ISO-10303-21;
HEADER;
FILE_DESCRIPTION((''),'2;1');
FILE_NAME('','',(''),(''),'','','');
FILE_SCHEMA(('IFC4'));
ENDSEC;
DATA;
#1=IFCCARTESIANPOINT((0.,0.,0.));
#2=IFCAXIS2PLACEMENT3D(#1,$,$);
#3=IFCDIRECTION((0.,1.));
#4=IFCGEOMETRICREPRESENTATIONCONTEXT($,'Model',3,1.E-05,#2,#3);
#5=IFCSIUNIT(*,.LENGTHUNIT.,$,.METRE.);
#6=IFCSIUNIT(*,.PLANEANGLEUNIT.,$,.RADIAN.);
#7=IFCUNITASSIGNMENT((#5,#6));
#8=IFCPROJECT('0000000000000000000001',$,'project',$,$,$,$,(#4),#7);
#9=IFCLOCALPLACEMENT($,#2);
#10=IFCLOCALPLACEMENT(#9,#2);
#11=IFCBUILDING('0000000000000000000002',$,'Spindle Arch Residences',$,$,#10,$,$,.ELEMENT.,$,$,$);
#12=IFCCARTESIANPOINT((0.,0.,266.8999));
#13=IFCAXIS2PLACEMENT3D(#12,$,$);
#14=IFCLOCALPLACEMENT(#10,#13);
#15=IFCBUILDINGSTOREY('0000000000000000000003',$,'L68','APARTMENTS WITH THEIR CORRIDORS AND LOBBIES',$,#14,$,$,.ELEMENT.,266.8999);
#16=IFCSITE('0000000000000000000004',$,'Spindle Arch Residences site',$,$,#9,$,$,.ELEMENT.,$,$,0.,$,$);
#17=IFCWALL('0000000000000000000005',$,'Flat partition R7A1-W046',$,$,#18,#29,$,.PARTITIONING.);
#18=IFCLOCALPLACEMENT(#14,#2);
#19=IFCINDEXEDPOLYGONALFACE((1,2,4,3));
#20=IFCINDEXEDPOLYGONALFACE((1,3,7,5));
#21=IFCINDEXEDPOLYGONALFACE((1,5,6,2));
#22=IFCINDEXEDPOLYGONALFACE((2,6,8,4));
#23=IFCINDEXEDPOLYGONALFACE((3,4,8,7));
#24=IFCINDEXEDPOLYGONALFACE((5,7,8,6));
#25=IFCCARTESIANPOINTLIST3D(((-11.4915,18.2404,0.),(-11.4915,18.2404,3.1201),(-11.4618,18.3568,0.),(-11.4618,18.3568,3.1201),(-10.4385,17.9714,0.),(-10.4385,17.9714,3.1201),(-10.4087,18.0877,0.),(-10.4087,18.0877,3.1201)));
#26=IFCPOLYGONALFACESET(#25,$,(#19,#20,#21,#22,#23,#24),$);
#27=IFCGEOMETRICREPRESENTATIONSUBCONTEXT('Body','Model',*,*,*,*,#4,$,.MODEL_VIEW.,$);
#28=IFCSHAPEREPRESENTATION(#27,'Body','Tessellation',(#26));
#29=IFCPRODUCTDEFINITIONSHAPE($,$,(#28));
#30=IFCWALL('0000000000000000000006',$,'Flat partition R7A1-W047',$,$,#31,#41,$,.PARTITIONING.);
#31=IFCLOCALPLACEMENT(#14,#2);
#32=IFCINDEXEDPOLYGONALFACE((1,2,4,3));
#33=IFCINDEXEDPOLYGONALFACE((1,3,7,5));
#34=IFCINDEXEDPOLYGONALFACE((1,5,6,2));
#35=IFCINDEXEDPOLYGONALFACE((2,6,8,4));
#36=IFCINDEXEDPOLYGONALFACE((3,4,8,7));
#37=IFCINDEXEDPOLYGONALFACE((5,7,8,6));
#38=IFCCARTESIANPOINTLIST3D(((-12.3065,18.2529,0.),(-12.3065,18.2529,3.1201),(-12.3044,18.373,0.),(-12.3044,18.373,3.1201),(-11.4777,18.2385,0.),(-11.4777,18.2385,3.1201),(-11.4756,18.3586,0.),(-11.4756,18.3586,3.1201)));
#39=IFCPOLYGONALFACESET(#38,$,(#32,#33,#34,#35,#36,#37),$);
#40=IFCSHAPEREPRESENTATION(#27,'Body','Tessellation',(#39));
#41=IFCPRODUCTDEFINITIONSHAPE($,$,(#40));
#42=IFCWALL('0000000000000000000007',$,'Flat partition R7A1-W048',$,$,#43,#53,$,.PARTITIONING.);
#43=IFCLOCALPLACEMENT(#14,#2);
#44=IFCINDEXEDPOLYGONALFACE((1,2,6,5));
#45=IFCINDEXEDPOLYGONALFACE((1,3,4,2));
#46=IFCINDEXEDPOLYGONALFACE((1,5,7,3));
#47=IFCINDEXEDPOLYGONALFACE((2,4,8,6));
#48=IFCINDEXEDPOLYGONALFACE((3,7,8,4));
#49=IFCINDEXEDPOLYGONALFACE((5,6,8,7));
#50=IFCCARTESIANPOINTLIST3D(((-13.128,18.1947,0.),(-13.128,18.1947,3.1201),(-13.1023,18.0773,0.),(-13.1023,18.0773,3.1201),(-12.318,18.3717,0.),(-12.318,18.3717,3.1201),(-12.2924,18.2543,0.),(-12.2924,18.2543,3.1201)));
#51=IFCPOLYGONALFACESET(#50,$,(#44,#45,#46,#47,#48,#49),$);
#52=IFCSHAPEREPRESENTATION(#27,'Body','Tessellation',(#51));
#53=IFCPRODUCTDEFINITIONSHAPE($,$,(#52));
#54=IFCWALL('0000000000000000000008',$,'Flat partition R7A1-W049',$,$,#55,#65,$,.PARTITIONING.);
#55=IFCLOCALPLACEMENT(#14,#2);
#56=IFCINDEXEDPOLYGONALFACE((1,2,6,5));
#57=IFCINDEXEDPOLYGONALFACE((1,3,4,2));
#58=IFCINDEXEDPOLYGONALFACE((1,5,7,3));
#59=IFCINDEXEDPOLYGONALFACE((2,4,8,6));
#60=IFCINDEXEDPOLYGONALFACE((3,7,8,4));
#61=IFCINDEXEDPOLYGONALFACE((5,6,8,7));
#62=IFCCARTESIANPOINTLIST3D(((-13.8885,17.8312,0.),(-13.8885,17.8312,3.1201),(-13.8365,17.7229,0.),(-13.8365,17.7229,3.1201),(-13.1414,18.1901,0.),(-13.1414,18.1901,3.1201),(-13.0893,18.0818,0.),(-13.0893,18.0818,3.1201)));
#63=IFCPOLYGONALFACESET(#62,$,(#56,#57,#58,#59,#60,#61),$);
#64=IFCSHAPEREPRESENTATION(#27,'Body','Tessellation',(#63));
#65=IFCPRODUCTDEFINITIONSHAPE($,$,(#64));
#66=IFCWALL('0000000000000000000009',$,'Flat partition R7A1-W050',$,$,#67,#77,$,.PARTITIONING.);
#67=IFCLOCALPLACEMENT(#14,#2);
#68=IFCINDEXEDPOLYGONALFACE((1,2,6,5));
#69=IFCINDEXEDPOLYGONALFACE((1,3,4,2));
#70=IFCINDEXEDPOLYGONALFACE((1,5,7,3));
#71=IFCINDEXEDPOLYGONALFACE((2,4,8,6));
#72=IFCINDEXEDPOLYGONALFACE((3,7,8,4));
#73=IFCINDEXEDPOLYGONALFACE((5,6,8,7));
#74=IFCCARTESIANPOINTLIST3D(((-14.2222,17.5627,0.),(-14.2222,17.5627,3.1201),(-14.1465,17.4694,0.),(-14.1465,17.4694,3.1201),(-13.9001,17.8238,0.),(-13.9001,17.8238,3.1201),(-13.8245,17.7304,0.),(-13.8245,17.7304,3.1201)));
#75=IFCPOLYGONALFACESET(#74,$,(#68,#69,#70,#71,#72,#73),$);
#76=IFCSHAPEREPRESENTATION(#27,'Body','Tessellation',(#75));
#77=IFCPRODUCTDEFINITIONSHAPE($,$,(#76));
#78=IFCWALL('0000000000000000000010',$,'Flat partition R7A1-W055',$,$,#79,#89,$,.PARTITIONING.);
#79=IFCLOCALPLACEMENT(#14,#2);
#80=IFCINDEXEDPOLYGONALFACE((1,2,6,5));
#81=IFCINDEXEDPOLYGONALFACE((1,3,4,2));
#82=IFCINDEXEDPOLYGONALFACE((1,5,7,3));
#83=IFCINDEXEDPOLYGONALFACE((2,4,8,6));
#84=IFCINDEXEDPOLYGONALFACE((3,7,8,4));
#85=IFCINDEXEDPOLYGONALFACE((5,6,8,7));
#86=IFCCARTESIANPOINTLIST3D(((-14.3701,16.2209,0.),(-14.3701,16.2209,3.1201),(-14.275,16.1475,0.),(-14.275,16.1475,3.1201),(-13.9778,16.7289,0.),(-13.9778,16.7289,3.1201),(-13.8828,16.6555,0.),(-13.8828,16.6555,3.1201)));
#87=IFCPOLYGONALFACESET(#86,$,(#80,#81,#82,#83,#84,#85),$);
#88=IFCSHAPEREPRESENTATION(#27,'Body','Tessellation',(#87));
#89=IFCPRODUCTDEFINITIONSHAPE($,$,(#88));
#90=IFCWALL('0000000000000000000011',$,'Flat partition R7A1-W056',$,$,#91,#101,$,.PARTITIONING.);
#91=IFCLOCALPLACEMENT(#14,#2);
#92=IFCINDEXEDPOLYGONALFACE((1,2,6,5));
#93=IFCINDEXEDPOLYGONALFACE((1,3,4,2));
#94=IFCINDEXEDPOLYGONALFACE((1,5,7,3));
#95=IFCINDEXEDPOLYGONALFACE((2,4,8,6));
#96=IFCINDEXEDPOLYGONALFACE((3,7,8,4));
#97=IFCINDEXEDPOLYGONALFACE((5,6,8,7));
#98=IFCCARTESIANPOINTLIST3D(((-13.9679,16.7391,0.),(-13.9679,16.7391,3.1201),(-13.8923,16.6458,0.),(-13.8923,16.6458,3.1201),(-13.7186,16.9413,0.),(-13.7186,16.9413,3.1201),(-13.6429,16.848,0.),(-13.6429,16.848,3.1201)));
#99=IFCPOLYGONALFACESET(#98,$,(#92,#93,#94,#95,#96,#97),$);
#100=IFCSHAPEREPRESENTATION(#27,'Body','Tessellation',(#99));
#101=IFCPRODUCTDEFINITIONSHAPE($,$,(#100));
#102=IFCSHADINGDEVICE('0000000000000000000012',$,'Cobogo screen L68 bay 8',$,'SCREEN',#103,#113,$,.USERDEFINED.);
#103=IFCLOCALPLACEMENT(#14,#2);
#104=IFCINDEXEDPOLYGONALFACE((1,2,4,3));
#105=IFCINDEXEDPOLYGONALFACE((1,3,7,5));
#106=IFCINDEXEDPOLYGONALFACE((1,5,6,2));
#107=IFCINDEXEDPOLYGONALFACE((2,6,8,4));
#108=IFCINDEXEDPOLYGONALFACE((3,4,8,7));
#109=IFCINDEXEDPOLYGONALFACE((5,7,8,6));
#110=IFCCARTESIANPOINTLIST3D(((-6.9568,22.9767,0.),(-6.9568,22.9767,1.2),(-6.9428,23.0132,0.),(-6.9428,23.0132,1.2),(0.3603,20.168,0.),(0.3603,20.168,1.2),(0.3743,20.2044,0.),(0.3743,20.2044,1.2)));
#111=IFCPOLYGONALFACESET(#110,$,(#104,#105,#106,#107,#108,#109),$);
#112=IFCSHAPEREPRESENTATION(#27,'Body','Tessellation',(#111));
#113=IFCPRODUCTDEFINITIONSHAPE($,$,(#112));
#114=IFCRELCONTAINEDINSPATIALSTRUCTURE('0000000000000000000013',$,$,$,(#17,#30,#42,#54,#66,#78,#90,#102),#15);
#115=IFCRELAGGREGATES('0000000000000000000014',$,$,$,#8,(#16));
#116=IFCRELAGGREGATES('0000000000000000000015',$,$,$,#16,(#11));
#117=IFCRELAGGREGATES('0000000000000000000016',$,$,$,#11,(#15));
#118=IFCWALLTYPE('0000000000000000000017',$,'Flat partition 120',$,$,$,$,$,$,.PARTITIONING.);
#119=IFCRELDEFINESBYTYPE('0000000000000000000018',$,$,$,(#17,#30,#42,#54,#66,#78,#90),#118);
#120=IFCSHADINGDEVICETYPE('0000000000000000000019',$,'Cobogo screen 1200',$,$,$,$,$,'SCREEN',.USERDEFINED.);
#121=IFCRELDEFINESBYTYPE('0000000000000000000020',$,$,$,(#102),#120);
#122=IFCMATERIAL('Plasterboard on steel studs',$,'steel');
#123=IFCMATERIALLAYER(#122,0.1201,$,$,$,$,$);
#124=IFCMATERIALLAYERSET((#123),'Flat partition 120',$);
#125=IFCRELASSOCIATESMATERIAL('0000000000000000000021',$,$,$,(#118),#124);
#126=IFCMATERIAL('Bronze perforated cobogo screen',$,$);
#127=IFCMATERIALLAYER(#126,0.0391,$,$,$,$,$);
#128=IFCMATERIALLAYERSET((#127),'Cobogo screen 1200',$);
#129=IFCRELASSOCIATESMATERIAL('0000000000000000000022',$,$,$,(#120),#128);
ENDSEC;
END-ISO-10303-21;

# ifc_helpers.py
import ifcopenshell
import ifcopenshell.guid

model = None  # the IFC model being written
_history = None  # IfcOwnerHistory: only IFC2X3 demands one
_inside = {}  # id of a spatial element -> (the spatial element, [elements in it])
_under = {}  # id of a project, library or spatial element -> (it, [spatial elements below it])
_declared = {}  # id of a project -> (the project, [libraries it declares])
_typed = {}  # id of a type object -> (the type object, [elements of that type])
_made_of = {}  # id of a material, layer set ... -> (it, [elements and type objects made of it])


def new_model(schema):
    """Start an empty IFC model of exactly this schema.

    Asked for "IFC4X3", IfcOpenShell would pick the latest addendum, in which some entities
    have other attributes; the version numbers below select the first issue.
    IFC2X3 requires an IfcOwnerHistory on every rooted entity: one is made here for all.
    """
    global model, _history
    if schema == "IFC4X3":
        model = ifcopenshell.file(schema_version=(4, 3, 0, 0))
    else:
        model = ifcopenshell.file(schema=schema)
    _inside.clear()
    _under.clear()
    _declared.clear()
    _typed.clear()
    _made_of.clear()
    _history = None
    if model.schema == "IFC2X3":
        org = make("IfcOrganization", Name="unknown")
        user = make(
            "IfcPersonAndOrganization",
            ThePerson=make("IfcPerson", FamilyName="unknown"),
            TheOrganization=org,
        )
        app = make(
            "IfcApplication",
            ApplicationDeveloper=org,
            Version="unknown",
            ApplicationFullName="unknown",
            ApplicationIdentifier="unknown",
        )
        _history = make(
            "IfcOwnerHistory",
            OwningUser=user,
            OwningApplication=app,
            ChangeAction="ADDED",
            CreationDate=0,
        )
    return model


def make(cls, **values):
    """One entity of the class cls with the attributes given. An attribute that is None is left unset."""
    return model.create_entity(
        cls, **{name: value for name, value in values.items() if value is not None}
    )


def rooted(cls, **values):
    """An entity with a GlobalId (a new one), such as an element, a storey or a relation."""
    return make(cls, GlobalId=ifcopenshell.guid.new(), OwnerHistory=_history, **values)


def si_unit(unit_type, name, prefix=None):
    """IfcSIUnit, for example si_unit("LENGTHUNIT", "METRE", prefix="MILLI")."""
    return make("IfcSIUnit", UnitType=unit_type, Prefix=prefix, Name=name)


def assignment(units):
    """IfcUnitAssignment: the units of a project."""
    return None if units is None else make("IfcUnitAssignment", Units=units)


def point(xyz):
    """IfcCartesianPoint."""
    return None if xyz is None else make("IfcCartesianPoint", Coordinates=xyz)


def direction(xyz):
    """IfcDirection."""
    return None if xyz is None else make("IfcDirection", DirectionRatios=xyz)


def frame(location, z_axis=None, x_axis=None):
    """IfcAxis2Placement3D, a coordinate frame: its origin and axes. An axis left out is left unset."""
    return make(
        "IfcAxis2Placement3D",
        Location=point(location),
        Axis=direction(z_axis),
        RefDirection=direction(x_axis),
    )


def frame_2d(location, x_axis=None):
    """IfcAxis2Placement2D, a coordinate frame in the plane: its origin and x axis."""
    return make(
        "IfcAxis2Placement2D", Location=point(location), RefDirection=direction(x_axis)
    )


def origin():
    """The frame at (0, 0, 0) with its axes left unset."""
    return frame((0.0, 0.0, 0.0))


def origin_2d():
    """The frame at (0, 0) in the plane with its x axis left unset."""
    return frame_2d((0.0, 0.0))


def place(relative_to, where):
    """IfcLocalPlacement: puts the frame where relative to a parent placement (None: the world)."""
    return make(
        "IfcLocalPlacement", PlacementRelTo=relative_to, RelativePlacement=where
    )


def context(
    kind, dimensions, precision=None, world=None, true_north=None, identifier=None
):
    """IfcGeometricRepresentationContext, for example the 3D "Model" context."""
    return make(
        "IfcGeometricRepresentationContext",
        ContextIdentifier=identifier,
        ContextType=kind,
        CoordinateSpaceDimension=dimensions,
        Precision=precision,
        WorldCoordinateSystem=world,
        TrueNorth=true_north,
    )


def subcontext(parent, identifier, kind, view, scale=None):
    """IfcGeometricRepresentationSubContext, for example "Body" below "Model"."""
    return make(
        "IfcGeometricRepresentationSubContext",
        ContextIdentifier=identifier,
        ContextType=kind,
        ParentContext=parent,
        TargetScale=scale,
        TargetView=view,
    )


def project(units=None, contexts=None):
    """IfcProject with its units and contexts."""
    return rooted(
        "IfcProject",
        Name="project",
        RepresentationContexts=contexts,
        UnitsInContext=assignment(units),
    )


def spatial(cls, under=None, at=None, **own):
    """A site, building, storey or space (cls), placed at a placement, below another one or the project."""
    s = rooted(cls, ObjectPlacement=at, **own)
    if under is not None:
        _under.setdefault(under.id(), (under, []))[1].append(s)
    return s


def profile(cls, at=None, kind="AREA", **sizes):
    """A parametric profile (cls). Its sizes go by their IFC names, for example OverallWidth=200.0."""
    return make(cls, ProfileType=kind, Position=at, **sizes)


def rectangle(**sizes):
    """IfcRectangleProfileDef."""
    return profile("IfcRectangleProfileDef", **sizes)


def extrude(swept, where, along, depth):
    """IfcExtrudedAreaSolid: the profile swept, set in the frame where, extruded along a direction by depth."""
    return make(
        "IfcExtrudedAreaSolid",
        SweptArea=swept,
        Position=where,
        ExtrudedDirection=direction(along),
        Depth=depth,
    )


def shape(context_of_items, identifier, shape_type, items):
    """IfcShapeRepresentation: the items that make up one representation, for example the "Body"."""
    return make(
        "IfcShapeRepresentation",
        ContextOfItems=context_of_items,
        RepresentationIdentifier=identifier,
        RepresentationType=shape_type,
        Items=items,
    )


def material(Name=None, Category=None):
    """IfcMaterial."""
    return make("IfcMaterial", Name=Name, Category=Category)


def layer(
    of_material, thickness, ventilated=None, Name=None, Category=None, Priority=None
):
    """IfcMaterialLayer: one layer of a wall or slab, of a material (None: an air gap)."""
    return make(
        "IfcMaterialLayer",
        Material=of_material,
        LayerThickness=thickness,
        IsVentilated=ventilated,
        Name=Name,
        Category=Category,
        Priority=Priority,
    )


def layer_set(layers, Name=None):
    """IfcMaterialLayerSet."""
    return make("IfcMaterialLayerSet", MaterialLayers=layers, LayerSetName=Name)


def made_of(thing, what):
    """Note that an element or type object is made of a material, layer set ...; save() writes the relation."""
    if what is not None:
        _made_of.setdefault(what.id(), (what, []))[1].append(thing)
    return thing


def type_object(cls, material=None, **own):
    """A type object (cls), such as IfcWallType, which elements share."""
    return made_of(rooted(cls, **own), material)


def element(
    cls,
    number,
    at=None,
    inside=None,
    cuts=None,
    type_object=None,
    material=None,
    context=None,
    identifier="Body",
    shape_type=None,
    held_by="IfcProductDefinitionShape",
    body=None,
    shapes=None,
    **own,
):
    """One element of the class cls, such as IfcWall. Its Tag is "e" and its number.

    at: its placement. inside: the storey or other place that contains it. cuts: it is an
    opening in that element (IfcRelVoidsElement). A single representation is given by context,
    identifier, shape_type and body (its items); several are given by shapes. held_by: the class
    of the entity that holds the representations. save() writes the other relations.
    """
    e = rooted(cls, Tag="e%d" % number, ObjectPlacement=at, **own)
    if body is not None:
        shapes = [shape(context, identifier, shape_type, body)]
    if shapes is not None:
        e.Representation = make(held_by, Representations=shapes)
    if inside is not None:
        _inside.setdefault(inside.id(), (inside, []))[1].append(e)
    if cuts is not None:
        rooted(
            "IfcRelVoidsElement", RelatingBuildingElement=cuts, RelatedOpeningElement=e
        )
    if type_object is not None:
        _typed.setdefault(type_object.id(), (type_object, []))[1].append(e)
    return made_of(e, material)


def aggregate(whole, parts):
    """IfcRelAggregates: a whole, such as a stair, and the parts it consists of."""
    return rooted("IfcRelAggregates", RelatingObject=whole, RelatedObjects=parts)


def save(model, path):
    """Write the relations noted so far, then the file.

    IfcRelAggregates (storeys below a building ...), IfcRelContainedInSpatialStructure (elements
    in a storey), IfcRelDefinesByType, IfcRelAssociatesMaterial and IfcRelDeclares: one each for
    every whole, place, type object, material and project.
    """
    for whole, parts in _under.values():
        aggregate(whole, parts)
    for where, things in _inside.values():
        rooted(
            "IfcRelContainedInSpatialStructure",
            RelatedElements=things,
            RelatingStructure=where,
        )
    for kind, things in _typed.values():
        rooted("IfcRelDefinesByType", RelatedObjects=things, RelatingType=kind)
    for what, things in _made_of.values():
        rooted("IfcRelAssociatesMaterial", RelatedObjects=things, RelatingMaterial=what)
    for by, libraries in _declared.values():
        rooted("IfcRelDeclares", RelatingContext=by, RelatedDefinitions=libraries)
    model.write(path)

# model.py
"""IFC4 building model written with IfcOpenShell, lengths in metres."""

from ifc_helpers import new_model, si_unit, direction, frame, frame_2d, origin, origin_2d, place, context, subcontext, project, spatial, rectangle, extrude, material, layer, layer_set, type_object, element, save


model = new_model("IFC4")

# Units and contexts
model_context = context("Model", 3, precision=1e-05, world=origin(), true_north=direction((0.0, 1.0)))
body_context = subcontext(model_context, "Body", "Model", "MODEL_VIEW")
ifc_project = project(units=[si_unit("LENGTHUNIT", "METRE"), si_unit("PLANEANGLEUNIT", "RADIAN")], contexts=[model_context])

# Site, building, storey
site_placement = place(None, origin())
site = spatial("IfcSite", under=ifc_project, at=site_placement, Name="Spindle Arch Residences site", CompositionType="ELEMENT", RefElevation=0.0)
building_placement = place(site_placement, origin())
building = spatial("IfcBuilding", under=site, at=building_placement, Name="Spindle Arch Residences", CompositionType="ELEMENT")
storey_placement = place(building_placement, frame((0.0, 0.0, 266.8999)))
storey = spatial("IfcBuildingStorey", under=building, at=storey_placement, Name="L68", Description="APARTMENTS WITH THEIR CORRIDORS AND LOBBIES", CompositionType="ELEMENT", Elevation=266.8999)

# Shared definitions
ifc_material_1 = material(Name="Plasterboard on steel studs", Category="steel")
ifc_layer_1 = layer(ifc_material_1, 0.1201)
ifc_layer_set_1 = layer_set([ifc_layer_1], Name="Flat partition 120")
wall_type = type_object("IfcWallType", Name="Flat partition 120", PredefinedType="PARTITIONING", material=ifc_layer_set_1)

# Walls
wall_1_placement = place(storey_placement, frame((-10.4236, 18.0295, 0.0), z_axis=(0.0, 0.0, 1.0), x_axis=(-0.968874, 0.247554, 0.0)))
element("IfcWall", 1, at=wall_1_placement, inside=storey, type_object=wall_type, Name="Flat partition R7A1-W046", PredefinedType="PARTITIONING", context=body_context, shape_type="SweptSolid", body=[
    extrude(rectangle(XDim=1.0869, YDim=0.1201, at=frame_2d((0.5435, 0.0))), origin(), (0.0, 0.0, 1.0), 3.1201),
])
wall_2_placement = place(storey_placement, frame((-11.4766, 18.2986, 0.0), z_axis=(0.0, 0.0, 1.0), x_axis=(-0.999849, 0.017381, 0.0)))
element("IfcWall", 2, at=wall_2_placement, inside=storey, type_object=wall_type, Name="Flat partition R7A1-W047", PredefinedType="PARTITIONING", context=body_context, shape_type="SweptSolid", body=[
    extrude(rectangle(XDim=0.8289, YDim=0.1201, at=frame_2d((0.4146, 0.0))), origin(), (0.0, 0.0, 1.0), 3.1201),
])
wall_3_placement = place(storey_placement, frame((-12.3052, 18.313, 0.0), z_axis=(0.0, 0.0, 1.0), x_axis=(-0.97695, -0.213469, 0.0)))
element("IfcWall", 3, at=wall_3_placement, inside=storey, type_object=wall_type, Name="Flat partition R7A1-W048", PredefinedType="PARTITIONING", context=body_context, shape_type="SweptSolid", body=[
    extrude(rectangle(XDim=0.8291, YDim=0.1201, at=frame_2d((0.4146, 0.0))), origin(), (0.0, 0.0, 1.0), 3.1201),
])
wall_4_placement = place(storey_placement, frame((-13.1152, 18.136, 0.0), z_axis=(0.0, 0.0, 1.0), x_axis=(-0.901385, -0.433018, 0.0)))
element("IfcWall", 4, at=wall_4_placement, inside=storey, type_object=wall_type, Name="Flat partition R7A1-W049", PredefinedType="PARTITIONING", context=body_context, shape_type="SweptSolid", body=[
    extrude(rectangle(XDim=0.8289, YDim=0.1201, at=frame_2d((0.4146, 0.0))), origin(), (0.0, 0.0, 1.0), 3.1201),
])
wall_5_placement = place(storey_placement, frame((-13.8623, 17.7771, 0.0), z_axis=(0.0, 0.0, 1.0), x_axis=(-0.776888, -0.629639, 0.0)))
element("IfcWall", 5, at=wall_5_placement, inside=storey, type_object=wall_type, Name="Flat partition R7A1-W050", PredefinedType="PARTITIONING", context=body_context, shape_type="SweptSolid", body=[
    extrude(rectangle(XDim=0.4146, YDim=0.1201, at=frame_2d((0.2073, 0.0))), origin(), (0.0, 0.0, 1.0), 3.1201),
])
wall_6_placement = place(storey_placement, frame((-14.3225, 16.1843, 0.0), z_axis=(0.0, 0.0, 1.0), x_axis=(0.611199, 0.791477, 0.0)))
element("IfcWall", 6, at=wall_6_placement, inside=storey, type_object=wall_type, Name="Flat partition R7A1-W055", PredefinedType="PARTITIONING", context=body_context, shape_type="SweptSolid", body=[
    extrude(rectangle(XDim=0.6418, YDim=0.1201, at=frame_2d((0.3208, 0.0))), origin(), (0.0, 0.0, 1.0), 3.1201),
])
wall_7_placement = place(storey_placement, frame((-13.9302, 16.6924, 0.0), z_axis=(0.0, 0.0, 1.0), x_axis=(0.776695, 0.629876, 0.0)))
element("IfcWall", 7, at=wall_7_placement, inside=storey, type_object=wall_type, Name="Flat partition R7A1-W056", PredefinedType="PARTITIONING", context=body_context, shape_type="SweptSolid", body=[
    extrude(rectangle(XDim=0.321, YDim=0.1201, at=frame_2d((0.1606, 0.0))), origin(), (0.0, 0.0, 1.0), 3.1201),
])

# Shading device
ifc_material_2 = material(Name="Bronze perforated cobogo screen")
ifc_layer_2 = layer(ifc_material_2, 0.0391)
ifc_layer_set_2 = layer_set([ifc_layer_2], Name="Cobogo screen 1200")
shading_device_type = type_object("IfcShadingDeviceType", Name="Cobogo screen 1200", ElementType="SCREEN", PredefinedType="USERDEFINED", material=ifc_layer_set_2)
shading_device_placement = place(storey_placement, frame((-3.2913, 21.5906, 0.0), z_axis=(0.0, 0.0, 1.0), x_axis=(-0.93358, 0.358368, 0.0)))
element("IfcShadingDevice", 8, at=shading_device_placement, inside=storey, type_object=shading_device_type, Name="Cobogo screen L68 bay 8", ObjectType="SCREEN", PredefinedType="USERDEFINED", context=body_context, shape_type="SweptSolid", body=[
    extrude(rectangle(XDim=7.8376, YDim=0.0391, at=origin_2d()), origin(), (0.0, 0.0, 1.0), 1.2),
])

save(model, "model.ifc")
